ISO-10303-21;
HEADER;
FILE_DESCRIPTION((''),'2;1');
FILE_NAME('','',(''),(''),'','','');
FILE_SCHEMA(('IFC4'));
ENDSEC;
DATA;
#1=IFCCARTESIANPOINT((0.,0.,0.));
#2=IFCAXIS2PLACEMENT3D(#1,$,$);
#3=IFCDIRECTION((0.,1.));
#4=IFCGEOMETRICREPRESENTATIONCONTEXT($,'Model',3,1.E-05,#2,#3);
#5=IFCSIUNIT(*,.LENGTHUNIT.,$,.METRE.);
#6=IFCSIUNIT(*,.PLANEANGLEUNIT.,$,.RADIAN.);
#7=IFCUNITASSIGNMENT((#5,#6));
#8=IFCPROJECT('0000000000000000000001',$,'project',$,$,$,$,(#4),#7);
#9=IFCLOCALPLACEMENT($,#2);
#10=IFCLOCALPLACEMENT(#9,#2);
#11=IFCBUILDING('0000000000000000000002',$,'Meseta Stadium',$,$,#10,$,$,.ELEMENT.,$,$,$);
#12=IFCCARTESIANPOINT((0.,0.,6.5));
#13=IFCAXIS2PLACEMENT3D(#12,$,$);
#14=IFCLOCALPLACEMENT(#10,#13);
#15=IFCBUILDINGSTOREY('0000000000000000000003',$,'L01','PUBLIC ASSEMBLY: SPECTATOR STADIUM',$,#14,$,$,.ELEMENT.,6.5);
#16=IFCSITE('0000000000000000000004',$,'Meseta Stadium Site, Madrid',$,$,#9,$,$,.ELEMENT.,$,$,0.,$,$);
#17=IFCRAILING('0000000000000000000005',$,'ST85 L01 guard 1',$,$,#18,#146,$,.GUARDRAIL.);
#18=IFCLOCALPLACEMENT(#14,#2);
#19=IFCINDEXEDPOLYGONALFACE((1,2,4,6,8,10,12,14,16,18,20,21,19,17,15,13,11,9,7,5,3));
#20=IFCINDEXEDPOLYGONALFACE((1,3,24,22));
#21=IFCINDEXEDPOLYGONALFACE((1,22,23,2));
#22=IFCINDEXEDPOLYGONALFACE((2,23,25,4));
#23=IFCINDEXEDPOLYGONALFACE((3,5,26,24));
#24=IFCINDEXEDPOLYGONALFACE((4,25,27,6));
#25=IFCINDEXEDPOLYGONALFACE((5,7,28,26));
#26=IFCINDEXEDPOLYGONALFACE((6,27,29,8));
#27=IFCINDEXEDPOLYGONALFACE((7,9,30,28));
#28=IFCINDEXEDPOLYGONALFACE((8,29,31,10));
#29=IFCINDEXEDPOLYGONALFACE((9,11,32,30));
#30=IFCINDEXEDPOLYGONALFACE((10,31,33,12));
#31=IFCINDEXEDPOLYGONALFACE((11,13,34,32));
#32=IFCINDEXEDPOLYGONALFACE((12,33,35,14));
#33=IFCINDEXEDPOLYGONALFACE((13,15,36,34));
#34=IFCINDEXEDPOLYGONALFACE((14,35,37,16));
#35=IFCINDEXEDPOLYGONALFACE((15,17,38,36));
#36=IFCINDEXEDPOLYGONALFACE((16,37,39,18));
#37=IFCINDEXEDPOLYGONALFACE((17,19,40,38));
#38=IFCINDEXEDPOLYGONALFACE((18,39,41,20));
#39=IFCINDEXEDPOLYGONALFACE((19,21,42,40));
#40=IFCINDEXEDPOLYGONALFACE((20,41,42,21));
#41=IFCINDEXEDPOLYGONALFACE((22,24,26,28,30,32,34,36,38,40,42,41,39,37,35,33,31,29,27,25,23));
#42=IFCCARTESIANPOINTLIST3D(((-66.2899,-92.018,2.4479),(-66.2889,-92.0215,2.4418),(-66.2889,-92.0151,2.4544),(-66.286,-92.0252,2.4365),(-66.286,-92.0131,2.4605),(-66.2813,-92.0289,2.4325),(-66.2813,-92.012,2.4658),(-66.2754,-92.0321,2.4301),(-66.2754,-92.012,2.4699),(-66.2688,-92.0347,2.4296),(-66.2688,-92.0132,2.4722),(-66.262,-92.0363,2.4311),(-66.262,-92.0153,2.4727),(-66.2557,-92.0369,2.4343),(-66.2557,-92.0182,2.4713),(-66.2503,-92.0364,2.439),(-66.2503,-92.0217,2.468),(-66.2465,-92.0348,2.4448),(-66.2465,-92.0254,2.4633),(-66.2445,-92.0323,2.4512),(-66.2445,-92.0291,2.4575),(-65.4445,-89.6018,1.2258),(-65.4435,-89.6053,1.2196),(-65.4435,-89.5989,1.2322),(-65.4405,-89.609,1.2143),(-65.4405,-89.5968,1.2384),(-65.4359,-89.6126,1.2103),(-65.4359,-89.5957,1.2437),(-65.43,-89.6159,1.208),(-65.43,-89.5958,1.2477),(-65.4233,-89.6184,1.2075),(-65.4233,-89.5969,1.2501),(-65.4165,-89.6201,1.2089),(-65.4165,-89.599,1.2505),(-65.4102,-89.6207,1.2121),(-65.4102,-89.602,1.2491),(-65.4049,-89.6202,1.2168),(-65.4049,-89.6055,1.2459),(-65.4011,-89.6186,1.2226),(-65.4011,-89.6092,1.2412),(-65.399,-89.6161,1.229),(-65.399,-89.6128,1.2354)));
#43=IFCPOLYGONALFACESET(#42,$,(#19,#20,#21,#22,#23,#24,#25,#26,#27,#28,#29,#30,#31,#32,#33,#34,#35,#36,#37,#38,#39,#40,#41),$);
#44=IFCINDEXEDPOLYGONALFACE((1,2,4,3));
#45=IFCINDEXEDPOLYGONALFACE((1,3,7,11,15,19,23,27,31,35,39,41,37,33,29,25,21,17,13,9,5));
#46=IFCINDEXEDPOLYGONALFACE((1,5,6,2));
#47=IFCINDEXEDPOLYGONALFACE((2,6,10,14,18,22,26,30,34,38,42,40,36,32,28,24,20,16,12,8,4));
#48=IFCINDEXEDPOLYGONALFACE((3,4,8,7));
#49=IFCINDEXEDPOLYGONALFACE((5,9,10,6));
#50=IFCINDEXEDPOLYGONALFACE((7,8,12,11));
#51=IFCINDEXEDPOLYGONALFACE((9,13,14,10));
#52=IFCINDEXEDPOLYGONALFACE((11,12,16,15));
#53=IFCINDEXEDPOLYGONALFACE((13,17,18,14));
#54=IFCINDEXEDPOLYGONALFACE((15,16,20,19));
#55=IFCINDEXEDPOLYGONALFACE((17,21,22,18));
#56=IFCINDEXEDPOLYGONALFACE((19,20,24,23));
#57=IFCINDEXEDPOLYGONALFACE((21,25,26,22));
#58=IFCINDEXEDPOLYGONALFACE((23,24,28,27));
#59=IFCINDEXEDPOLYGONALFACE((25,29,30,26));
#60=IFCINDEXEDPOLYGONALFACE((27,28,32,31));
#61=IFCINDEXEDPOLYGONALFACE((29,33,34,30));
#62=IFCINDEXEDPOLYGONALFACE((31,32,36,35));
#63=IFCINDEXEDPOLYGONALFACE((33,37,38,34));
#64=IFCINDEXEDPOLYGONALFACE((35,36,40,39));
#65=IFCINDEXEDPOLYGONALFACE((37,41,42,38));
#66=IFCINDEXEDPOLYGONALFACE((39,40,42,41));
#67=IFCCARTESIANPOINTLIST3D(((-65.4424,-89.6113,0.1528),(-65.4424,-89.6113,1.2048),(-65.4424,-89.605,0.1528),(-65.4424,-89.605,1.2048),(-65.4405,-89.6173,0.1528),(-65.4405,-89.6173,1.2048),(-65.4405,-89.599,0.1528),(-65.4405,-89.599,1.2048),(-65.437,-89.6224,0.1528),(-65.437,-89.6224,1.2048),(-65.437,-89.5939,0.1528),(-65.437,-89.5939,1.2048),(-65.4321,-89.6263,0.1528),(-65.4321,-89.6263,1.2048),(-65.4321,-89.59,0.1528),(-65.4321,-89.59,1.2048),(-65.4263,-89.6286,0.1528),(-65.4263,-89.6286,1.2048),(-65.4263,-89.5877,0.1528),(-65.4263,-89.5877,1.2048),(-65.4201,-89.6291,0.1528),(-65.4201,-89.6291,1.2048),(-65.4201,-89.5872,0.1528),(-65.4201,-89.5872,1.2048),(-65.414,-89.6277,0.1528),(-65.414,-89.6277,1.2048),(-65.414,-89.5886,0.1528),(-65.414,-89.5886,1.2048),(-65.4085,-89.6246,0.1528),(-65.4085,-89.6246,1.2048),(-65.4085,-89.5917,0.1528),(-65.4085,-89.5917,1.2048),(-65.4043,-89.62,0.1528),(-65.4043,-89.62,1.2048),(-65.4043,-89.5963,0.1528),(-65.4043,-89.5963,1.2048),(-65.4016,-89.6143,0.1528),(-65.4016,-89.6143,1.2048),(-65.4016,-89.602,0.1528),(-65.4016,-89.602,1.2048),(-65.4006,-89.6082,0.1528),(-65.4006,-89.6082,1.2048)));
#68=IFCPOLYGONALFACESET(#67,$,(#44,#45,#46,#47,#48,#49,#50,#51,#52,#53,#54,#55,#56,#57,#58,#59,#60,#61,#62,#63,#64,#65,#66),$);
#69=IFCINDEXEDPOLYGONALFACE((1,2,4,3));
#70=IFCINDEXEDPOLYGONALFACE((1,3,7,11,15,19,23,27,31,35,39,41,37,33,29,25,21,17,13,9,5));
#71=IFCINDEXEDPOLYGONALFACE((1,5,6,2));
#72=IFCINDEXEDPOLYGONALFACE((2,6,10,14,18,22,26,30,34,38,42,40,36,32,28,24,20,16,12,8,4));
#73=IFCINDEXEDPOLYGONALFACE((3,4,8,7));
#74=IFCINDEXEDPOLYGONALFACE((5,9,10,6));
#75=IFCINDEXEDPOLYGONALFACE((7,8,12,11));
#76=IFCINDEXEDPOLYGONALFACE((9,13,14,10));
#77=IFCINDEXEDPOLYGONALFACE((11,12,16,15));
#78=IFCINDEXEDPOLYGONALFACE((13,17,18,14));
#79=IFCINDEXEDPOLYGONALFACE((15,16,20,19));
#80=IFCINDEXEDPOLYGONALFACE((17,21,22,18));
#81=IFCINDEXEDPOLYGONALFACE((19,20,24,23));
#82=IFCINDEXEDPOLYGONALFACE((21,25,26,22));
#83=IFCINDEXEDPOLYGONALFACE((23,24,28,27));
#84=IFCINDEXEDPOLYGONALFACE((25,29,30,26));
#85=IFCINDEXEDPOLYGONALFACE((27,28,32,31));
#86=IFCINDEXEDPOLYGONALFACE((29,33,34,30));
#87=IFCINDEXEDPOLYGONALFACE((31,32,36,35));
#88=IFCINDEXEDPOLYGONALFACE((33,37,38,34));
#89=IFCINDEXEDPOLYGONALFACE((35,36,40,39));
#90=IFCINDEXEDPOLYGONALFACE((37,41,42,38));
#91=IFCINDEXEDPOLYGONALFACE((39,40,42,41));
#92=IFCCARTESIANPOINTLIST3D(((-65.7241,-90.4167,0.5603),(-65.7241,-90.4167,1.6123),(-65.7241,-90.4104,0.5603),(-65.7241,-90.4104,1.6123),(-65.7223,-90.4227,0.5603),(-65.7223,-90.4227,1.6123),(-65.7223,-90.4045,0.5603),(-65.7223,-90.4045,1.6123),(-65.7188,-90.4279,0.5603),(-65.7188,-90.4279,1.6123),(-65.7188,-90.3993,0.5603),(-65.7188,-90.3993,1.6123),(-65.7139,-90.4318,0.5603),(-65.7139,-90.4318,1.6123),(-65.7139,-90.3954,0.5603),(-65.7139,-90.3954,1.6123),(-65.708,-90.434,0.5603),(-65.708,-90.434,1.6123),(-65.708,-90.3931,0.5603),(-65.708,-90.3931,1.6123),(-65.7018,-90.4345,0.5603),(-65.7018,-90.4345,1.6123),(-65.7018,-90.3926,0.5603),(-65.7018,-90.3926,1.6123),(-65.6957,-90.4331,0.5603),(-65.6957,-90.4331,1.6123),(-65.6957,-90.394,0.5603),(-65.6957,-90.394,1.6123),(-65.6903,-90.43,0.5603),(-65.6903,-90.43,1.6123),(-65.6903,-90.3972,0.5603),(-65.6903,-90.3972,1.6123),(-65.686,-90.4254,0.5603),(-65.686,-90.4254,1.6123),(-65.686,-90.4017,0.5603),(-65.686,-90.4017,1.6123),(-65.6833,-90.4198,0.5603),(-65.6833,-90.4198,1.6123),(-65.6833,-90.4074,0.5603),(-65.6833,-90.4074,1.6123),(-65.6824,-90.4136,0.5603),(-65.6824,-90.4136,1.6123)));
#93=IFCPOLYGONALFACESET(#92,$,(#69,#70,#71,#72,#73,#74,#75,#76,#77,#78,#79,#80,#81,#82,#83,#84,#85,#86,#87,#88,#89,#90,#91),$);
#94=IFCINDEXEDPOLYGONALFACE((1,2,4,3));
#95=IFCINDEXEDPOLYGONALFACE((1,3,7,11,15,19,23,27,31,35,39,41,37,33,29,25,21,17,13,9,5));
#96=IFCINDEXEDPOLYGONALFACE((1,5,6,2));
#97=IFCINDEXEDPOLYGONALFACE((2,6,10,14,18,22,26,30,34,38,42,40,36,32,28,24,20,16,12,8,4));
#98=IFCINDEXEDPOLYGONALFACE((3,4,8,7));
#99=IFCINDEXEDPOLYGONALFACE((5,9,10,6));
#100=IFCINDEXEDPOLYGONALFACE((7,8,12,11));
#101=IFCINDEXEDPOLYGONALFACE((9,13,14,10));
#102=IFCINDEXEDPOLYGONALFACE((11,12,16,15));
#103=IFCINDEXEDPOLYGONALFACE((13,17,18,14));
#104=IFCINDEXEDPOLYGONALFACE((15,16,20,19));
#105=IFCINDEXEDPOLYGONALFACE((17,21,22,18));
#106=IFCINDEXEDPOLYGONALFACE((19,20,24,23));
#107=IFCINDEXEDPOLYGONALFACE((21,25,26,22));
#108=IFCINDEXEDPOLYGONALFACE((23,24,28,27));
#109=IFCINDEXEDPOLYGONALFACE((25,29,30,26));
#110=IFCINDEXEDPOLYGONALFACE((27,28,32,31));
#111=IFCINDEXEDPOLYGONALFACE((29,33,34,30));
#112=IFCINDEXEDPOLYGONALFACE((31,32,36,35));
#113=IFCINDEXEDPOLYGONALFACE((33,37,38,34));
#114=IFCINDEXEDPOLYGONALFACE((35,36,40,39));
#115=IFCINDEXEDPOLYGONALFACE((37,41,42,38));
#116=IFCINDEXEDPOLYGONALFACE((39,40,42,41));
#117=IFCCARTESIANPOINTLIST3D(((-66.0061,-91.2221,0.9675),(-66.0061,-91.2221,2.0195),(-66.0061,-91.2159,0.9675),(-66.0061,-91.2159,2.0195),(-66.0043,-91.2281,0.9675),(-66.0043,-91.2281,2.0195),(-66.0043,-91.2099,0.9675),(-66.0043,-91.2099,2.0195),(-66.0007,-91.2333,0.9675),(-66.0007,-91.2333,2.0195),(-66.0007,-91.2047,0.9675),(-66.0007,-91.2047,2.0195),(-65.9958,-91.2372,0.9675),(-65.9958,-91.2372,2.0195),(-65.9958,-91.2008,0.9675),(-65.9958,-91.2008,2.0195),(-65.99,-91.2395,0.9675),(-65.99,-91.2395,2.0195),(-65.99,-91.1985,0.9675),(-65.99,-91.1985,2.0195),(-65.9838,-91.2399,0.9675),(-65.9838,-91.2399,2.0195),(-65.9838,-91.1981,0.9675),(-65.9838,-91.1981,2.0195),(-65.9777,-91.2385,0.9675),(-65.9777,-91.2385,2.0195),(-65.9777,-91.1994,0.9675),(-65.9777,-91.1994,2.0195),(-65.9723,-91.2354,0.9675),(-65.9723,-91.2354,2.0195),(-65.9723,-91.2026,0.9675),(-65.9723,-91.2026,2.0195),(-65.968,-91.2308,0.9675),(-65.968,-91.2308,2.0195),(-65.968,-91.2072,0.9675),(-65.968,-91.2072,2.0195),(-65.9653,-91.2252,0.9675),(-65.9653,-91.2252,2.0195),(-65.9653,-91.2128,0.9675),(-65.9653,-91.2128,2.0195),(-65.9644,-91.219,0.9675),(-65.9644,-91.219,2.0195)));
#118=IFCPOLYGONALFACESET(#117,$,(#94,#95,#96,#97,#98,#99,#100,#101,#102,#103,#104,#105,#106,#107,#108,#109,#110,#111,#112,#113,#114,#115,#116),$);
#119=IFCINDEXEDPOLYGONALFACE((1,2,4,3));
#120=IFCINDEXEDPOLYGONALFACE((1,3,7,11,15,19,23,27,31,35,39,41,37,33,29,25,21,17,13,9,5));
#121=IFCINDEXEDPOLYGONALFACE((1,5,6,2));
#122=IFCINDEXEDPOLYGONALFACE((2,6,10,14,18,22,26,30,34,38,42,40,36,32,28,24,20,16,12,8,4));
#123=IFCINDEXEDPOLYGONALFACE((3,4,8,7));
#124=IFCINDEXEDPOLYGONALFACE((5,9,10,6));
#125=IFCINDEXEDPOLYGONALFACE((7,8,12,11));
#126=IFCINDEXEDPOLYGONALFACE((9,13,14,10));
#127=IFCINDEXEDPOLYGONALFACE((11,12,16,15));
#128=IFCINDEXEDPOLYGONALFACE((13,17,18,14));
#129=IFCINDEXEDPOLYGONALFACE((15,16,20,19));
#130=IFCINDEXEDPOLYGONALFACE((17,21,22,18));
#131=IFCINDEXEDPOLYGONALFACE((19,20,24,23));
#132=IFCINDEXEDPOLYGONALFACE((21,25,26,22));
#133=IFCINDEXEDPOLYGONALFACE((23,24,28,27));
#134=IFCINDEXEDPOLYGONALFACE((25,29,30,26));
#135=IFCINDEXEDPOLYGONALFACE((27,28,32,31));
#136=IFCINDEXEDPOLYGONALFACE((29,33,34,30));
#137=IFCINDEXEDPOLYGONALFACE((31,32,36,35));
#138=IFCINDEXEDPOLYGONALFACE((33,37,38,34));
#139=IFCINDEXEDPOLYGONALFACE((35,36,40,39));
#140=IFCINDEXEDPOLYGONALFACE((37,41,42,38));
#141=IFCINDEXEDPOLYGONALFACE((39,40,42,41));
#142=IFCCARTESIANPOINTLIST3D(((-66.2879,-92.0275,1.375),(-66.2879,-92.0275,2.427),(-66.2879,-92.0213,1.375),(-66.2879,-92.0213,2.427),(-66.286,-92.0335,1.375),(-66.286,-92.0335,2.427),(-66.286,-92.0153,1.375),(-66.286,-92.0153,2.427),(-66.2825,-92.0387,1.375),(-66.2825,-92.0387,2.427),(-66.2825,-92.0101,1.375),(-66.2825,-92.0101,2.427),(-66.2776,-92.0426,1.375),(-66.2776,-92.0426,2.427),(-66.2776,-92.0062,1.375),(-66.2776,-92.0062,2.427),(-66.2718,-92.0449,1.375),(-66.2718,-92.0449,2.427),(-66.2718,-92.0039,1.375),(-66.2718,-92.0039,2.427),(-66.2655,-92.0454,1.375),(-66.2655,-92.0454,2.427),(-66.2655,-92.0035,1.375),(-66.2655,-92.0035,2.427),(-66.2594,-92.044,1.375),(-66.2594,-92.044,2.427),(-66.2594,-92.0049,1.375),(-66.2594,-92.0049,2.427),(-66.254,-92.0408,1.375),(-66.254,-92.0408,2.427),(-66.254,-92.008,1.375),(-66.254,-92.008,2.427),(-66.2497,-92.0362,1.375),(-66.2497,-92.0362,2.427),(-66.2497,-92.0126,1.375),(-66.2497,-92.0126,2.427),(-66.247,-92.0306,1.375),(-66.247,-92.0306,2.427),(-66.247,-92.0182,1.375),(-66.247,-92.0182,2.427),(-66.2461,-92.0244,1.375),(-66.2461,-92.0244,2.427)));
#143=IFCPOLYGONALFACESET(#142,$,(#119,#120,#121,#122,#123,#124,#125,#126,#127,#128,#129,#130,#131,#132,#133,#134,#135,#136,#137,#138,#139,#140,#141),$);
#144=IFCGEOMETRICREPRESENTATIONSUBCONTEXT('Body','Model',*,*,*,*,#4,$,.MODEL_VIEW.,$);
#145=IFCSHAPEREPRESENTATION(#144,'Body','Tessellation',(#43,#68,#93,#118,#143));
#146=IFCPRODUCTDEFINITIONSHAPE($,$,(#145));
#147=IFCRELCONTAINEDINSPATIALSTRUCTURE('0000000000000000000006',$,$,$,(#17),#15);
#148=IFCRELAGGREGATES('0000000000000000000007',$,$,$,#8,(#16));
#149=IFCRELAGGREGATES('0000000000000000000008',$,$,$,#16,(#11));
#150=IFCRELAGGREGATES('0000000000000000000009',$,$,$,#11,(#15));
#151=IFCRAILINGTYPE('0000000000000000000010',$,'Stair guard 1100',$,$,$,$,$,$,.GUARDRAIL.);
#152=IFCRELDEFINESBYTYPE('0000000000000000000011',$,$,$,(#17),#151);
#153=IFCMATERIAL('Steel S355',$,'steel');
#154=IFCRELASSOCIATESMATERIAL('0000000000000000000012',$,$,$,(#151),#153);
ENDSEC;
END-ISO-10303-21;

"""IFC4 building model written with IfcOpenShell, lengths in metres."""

from ifc_helpers import new_model, si_unit, direction, frame, origin, origin_2d, place, context, subcontext, project, spatial, circle, extrude, material, type_object, element, save


model = new_model("IFC4")

# Units and contexts
model_context = context("Model", 3, precision=1e-05, world=origin(), true_north=direction((0.0, 1.0)))
body_context = subcontext(model_context, "Body", "Model", "MODEL_VIEW")
ifc_project = project(units=[si_unit("LENGTHUNIT", "METRE"), si_unit("PLANEANGLEUNIT", "RADIAN")], contexts=[model_context])

# Site, building, storey
site_placement = place(None, origin())
site = spatial("IfcSite", under=ifc_project, at=site_placement, Name="Meseta Stadium Site, Madrid", CompositionType="ELEMENT", RefElevation=0.0)
building_placement = place(site_placement, origin())
building = spatial("IfcBuilding", under=site, at=building_placement, Name="Meseta Stadium", CompositionType="ELEMENT")
storey_placement = place(building_placement, frame((0.0, 0.0, 6.5)))
storey = spatial("IfcBuildingStorey", under=building, at=storey_placement, Name="L01", Description="PUBLIC ASSEMBLY: SPECTATOR STADIUM", CompositionType="ELEMENT", Elevation=6.5)

# Railing
ifc_material_1 = material(Name="Steel S355", Category="steel")
railing_type_1 = type_object("IfcRailingType", Name="Stair guard 1100", PredefinedType="GUARDRAIL", material=ifc_material_1)
railing_1_placement = place(storey_placement, frame((-65.4216, -89.6082, 0.1528)))
element("IfcRailing", 1, at=railing_1_placement, inside=storey, type_object=railing_type_1, Name="ST85 L01 guard 1", PredefinedType="GUARDRAIL", context=body_context, shape_type="SweptSolid", body=[
    extrude(circle(Radius=0.0239, at=origin_2d()), frame((0.0, 0.0, 1.0762), z_axis=(-0.298044, -0.851789, 0.430843), x_axis=(0.943887, -0.33027, 0.0)), (0.0, 0.0, 1.0), 2.8367),
    extrude(circle(Radius=0.021, at=origin_2d()), origin(), (0.0, 0.0, 1.0), 1.052),
    extrude(circle(Radius=0.021, at=origin_2d()), frame((-0.2817, -0.8054, 0.4075)), (0.0, 0.0, 1.0), 1.052),
    extrude(circle(Radius=0.021, at=origin_2d()), frame((-0.5637, -1.6108, 0.8147)), (0.0, 0.0, 1.0), 1.052),
    extrude(circle(Radius=0.021, at=origin_2d()), frame((-0.8455, -2.4163, 1.2222)), (0.0, 0.0, 1.0), 1.052),
])

save(model, "model.ifc")
